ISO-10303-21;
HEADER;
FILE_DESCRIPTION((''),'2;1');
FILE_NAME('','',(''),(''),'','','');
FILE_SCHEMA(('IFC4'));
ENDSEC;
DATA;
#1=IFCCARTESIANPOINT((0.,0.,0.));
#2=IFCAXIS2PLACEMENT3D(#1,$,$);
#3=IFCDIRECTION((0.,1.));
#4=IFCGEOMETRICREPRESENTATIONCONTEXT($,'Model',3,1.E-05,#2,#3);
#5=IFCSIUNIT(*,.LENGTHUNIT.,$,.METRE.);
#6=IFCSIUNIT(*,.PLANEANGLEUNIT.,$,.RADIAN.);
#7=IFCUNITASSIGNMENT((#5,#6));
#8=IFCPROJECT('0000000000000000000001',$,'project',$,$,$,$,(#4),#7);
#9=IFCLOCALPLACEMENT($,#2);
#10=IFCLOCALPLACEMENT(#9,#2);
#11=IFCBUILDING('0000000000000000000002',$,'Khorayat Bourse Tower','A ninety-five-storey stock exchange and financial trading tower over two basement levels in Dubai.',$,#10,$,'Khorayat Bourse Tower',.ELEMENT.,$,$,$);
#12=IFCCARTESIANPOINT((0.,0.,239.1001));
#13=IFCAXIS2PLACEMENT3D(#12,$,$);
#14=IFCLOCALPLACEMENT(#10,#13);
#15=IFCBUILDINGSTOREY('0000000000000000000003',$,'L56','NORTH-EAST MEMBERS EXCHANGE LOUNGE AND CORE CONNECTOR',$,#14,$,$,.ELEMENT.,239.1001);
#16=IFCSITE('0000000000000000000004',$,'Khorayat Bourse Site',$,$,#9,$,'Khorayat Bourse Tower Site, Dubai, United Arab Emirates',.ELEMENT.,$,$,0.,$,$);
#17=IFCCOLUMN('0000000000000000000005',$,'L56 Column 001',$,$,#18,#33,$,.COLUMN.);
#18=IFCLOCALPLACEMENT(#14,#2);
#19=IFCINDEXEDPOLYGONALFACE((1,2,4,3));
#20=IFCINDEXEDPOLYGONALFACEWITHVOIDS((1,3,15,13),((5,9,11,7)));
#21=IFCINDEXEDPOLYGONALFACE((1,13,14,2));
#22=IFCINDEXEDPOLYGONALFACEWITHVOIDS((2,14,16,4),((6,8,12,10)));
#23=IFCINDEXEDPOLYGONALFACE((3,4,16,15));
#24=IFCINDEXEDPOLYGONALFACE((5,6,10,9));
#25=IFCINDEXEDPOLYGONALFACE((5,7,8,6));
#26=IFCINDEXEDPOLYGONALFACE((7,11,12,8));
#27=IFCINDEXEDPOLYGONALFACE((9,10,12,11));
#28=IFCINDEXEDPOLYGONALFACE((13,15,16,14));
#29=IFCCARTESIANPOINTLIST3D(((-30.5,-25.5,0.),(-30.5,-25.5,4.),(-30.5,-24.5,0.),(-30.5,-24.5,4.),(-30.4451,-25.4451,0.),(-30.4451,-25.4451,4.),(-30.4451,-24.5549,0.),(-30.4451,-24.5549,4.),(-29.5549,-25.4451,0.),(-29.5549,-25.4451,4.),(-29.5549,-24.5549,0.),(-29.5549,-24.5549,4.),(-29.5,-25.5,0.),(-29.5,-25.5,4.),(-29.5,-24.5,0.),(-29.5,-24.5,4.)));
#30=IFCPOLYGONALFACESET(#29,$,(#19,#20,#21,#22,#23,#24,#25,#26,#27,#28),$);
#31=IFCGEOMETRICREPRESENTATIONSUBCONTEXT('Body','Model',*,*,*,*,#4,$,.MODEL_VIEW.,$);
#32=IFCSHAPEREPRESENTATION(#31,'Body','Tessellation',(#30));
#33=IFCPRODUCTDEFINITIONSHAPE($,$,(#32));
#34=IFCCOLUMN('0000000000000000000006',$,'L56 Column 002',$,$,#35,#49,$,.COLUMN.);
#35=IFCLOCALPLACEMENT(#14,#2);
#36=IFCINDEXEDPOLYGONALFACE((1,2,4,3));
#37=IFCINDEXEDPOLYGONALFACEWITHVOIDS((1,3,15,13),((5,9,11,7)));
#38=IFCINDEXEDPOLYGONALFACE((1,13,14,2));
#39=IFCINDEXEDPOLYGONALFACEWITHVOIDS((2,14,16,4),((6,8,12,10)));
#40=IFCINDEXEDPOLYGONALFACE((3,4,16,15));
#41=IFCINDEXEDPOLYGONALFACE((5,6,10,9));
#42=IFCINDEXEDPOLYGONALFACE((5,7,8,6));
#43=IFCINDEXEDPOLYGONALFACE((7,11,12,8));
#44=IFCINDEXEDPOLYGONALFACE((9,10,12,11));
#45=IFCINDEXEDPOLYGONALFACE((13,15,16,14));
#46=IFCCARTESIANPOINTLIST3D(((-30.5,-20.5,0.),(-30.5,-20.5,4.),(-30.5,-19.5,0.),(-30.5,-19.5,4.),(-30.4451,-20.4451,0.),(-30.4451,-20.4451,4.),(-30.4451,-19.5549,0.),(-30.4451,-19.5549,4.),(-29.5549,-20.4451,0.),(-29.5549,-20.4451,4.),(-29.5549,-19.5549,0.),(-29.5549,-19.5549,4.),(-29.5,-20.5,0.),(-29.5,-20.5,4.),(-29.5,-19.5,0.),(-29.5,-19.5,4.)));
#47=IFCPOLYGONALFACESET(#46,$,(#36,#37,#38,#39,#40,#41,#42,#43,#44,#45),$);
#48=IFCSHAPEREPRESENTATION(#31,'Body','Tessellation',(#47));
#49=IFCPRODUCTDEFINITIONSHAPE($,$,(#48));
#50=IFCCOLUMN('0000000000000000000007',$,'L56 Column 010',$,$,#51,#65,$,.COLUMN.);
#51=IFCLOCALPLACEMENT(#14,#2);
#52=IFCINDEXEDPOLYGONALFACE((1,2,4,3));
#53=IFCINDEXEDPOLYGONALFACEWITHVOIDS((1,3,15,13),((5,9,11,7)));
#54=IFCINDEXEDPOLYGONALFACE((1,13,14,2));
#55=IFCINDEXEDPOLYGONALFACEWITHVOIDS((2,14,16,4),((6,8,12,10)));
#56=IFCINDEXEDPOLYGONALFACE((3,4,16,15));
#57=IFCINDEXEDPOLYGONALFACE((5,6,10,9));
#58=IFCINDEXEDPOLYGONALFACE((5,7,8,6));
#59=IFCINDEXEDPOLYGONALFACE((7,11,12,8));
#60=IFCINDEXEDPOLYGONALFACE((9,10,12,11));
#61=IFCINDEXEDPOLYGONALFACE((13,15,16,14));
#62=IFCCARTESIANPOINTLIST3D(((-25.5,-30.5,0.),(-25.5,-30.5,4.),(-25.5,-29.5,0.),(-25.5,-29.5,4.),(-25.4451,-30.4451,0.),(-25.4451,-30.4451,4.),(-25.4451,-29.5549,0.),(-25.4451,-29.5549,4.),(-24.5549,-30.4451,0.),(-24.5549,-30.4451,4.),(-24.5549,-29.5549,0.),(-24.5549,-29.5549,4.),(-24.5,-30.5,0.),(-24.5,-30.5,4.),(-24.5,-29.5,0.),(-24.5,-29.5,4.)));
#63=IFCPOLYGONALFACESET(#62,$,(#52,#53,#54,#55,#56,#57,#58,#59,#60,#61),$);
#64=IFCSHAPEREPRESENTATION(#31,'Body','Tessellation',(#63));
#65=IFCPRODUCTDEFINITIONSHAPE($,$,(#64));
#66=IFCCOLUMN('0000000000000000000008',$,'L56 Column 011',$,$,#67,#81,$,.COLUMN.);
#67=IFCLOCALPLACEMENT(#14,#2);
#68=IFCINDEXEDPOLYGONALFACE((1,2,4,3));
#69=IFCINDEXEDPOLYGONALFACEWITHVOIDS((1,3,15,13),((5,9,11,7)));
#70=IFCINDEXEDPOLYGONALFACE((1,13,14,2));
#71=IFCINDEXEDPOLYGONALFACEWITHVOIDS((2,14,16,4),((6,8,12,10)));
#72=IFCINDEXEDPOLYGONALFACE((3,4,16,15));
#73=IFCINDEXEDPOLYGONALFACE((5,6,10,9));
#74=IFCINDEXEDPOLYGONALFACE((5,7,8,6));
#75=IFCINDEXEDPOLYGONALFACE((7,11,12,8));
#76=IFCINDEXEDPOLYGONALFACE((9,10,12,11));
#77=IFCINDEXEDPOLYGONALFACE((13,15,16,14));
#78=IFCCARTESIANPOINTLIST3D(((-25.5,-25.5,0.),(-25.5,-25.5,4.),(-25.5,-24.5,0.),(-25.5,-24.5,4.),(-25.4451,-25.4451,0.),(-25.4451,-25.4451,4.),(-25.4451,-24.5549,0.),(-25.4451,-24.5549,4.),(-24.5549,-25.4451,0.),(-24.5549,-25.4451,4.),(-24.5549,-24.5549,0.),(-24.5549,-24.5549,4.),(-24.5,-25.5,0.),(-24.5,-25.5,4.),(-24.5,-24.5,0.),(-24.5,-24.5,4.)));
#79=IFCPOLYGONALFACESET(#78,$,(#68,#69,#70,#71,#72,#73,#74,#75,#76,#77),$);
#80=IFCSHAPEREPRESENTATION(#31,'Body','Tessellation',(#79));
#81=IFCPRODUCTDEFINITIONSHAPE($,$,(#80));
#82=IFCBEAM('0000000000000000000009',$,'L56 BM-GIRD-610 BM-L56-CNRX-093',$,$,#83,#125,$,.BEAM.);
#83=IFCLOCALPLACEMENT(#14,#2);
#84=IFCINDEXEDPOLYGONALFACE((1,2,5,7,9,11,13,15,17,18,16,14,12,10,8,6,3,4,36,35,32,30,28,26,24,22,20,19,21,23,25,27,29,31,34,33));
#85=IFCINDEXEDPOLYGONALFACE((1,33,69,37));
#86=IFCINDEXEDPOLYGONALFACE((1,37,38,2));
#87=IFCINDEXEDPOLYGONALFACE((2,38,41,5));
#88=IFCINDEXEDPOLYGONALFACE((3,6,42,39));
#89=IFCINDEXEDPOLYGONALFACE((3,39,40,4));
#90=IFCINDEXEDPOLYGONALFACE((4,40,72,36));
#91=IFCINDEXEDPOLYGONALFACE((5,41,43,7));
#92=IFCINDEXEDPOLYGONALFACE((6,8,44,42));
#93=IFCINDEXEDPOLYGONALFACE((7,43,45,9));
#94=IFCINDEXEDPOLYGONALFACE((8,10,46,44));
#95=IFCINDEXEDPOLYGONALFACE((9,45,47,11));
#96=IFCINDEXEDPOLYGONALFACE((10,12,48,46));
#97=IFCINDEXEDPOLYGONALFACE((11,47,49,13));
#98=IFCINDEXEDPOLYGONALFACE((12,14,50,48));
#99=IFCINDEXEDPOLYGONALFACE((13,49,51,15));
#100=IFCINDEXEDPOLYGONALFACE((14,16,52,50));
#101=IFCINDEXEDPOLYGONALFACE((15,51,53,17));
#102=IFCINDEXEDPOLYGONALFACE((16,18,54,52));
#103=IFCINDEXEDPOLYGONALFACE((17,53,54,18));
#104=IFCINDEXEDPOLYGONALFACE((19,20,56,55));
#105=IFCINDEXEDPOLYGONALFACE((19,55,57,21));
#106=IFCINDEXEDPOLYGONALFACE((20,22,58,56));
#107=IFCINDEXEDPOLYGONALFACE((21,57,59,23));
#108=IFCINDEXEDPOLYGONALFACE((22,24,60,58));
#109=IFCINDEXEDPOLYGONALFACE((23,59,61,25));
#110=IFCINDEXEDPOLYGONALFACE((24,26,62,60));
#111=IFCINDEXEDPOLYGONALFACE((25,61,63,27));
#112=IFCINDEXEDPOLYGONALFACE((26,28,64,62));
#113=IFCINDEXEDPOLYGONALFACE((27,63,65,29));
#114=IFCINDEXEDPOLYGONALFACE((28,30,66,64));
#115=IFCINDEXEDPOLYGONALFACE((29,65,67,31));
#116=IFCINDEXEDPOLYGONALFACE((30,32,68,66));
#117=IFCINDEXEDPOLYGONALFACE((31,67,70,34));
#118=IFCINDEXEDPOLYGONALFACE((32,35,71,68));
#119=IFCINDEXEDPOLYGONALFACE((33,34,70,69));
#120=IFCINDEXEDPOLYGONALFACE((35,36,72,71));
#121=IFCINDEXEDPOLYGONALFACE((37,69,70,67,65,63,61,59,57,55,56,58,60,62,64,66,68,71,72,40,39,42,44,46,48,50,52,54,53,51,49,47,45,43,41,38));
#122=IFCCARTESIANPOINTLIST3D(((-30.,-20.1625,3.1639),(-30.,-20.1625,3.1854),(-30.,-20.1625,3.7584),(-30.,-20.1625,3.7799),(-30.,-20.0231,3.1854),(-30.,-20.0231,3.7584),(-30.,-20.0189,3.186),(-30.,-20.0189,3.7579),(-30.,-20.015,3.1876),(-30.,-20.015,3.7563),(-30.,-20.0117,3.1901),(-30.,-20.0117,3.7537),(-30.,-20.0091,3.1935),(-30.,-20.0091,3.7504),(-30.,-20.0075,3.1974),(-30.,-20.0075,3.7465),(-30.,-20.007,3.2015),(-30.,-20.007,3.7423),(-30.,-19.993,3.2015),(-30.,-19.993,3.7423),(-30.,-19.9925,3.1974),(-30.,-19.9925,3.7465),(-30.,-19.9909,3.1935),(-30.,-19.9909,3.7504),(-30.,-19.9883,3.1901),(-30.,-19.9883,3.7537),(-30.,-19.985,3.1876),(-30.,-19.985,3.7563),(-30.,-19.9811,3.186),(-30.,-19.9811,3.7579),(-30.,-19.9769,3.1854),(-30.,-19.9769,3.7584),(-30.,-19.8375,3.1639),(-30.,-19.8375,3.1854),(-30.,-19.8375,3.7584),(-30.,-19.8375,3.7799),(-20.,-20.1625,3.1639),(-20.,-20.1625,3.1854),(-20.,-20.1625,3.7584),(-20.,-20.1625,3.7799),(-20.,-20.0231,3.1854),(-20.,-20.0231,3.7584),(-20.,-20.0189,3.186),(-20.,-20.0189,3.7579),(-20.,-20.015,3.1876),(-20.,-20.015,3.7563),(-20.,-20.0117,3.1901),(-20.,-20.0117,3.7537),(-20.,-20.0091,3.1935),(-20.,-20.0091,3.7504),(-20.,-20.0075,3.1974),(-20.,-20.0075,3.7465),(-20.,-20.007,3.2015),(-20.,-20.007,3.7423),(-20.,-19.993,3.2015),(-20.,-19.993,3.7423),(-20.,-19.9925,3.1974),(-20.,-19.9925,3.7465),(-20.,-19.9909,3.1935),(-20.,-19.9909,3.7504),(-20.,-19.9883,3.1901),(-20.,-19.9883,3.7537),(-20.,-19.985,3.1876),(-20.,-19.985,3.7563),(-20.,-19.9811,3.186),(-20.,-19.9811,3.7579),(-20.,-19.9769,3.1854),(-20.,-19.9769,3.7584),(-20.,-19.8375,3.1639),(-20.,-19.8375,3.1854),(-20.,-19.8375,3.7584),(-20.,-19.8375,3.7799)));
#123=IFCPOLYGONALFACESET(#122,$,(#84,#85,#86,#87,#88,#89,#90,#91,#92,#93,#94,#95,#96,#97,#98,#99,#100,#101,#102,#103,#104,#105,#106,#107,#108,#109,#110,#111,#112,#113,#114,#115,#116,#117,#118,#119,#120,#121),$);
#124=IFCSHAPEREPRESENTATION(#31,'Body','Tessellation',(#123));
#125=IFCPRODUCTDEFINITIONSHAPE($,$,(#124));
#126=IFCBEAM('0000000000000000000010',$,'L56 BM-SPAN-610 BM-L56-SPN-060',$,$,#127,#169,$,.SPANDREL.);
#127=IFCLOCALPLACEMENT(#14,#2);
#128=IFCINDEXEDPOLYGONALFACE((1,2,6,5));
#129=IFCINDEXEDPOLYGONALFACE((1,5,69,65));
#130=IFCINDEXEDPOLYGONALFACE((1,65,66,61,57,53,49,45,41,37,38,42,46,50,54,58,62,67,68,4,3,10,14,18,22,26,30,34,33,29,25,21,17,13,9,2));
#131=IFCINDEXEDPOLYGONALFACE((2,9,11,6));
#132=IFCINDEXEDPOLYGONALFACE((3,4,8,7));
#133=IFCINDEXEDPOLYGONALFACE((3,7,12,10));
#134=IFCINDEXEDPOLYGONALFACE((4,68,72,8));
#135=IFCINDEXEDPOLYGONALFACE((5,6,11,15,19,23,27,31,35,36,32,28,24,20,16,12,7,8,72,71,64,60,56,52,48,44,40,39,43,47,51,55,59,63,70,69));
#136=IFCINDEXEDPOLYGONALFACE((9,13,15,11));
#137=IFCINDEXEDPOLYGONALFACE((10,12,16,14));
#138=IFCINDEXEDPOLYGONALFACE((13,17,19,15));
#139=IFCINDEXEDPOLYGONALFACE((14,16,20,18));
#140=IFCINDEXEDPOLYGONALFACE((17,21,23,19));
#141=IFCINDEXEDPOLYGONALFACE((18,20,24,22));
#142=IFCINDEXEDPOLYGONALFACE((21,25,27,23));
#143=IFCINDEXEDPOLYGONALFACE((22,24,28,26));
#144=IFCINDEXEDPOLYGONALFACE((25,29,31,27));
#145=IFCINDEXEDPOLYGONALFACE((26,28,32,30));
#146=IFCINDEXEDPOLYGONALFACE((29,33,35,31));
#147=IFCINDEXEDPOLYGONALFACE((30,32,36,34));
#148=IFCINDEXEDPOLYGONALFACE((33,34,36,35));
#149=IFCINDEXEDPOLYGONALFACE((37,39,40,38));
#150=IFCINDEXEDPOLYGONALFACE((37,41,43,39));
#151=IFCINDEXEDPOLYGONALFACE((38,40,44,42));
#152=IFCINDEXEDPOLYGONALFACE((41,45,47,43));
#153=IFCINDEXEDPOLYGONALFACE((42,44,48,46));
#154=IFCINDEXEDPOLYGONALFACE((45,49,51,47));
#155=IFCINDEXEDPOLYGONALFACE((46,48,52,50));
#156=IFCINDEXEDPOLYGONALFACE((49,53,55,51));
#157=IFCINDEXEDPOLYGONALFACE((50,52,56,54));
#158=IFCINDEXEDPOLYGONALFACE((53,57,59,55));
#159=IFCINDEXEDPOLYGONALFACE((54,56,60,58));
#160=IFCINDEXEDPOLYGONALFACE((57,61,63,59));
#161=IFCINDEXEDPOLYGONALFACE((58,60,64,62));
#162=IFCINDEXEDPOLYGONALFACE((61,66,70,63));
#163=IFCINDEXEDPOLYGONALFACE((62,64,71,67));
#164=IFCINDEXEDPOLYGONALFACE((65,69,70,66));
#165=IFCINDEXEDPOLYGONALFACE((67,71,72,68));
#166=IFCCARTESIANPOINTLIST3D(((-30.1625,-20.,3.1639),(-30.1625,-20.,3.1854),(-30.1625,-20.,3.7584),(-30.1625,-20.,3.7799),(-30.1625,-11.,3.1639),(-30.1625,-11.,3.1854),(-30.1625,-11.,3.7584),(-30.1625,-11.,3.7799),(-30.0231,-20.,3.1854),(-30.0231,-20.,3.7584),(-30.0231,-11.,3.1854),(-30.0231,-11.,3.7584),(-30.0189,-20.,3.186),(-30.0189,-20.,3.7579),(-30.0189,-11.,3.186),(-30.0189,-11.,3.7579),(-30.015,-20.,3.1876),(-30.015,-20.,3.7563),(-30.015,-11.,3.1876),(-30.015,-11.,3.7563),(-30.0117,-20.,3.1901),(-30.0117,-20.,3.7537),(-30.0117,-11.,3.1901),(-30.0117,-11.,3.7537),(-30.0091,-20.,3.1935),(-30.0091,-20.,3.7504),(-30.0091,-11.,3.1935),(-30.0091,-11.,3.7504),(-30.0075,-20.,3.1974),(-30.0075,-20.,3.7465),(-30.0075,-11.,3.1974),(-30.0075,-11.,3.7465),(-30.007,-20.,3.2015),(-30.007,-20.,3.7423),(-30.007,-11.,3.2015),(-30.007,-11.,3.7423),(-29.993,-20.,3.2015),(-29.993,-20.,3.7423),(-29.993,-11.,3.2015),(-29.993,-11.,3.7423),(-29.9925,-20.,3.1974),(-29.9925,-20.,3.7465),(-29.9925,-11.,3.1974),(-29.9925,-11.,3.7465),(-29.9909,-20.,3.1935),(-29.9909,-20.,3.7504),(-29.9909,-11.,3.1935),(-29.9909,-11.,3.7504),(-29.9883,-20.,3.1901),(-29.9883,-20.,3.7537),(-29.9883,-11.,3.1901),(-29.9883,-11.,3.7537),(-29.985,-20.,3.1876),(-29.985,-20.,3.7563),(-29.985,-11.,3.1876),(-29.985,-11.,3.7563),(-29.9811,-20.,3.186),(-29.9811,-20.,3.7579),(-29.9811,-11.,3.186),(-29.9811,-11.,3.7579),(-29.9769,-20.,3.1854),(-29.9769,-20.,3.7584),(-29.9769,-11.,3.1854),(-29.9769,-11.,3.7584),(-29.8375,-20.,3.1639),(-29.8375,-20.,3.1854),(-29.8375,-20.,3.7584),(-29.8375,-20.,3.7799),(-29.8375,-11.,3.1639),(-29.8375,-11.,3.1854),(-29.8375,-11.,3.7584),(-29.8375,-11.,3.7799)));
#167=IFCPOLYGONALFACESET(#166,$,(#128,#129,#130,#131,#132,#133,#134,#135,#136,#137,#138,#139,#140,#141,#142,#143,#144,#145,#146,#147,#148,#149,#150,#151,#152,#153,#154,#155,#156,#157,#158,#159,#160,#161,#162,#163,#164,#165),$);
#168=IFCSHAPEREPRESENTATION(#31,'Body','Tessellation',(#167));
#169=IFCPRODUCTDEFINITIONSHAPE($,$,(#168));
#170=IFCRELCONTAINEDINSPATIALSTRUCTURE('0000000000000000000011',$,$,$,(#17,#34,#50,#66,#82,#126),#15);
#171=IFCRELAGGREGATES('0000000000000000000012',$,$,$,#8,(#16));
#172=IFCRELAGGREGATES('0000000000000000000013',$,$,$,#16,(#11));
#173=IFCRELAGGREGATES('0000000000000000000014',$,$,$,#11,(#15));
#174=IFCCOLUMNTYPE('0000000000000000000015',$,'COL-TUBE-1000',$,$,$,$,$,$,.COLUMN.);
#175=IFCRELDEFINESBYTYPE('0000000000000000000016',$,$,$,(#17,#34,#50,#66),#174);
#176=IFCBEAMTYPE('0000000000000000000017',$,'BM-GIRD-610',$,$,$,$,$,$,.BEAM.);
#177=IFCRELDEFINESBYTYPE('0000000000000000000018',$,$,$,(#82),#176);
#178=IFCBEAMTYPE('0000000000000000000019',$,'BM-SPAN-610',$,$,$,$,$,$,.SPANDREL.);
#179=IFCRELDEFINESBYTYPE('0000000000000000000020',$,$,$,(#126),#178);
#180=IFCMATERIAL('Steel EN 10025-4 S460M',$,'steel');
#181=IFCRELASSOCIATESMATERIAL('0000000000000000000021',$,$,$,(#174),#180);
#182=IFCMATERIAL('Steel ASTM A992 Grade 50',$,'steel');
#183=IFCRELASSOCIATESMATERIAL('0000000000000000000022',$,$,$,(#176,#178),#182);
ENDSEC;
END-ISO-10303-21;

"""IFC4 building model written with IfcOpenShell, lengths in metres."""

from ifc_helpers import new_model, si_unit, direction, frame, origin, origin_2d, place, context, subcontext, project, spatial, hollow_rectangle, i_section, extrude, source, transform, mapped, material, material_profile, profile_set, type_object, element, save


model = new_model("IFC4")

# Units and contexts
model_context = context("Model", 3, precision=1e-05, world=origin(), true_north=direction((0.0, 1.0)))
body_context = subcontext(model_context, "Body", "Model", "MODEL_VIEW")
ifc_project = project(units=[si_unit("LENGTHUNIT", "METRE"), si_unit("PLANEANGLEUNIT", "RADIAN")], contexts=[model_context])

# Site, building, storey
site_placement = place(None, origin())
site = spatial("IfcSite", under=ifc_project, at=site_placement, Name="Khorayat Bourse Site", LongName="Khorayat Bourse Tower Site, Dubai, United Arab Emirates", CompositionType="ELEMENT", RefElevation=0.0)
building_placement = place(site_placement, origin())
building = spatial("IfcBuilding", under=site, at=building_placement, Name="Khorayat Bourse Tower", Description="A ninety-five-storey stock exchange and financial trading tower over two basement levels in Dubai.", LongName="Khorayat Bourse Tower", CompositionType="ELEMENT")
storey_placement = place(building_placement, frame((0.0, 0.0, 239.1001)))
storey = spatial("IfcBuildingStorey", under=building, at=storey_placement, Name="L56", Description="NORTH-EAST MEMBERS EXCHANGE LOUNGE AND CORE CONNECTOR", CompositionType="ELEMENT", Elevation=239.1001)

# Columns
ifc_material_1 = material(Name="Steel EN 10025-4 S460M", Category="steel")
ifc_material_profile_1 = material_profile(ifc_material_1, hollow_rectangle(XDim=1.0, YDim=1.0, WallThickness=0.0549, at=origin_2d()), Name="BOX 1000x1000x55")
ifc_profile_set_1 = profile_set([ifc_material_profile_1], Name="Steel EN 10025-4 S460M")
column_type = type_object("IfcColumnType", Name="COL-TUBE-1000", PredefinedType="COLUMN", material=ifc_profile_set_1)
shared_shape_1 = source(origin(), body_context, "Body", "SweptSolid", [
    extrude(hollow_rectangle(XDim=1.0, YDim=1.0, WallThickness=0.0549, at=origin_2d()), origin(), (0.0, 0.0, 1.0), 4.0),
])
for number, where, z_axis, x_axis, name in (
    (1, (-30.0, -25.0, 0.0), (0.0, 0.0, 1.0), (1.0, 0.0, 0.0), "L56 Column 001"),
    (2, (-30.0, -20.0, 0.0), (0.0, 0.0, 1.0), (1.0, 0.0, 0.0), "L56 Column 002"),
    (3, (-25.0, -30.0, 0.0), (0.0, 0.0, 1.0), (1.0, 0.0, 0.0), "L56 Column 010"),
    (4, (-25.0, -25.0, 0.0), (0.0, 0.0, 1.0), (1.0, 0.0, 0.0), "L56 Column 011"),
):
    element("IfcColumn", number, at=place(storey_placement, frame(where, z_axis=z_axis, x_axis=x_axis)), inside=storey, type_object=column_type, Name=name, PredefinedType="COLUMN", context=body_context, shape_type="MappedRepresentation", body=[
        mapped(shared_shape_1, transform((0.0, 0.0, 0.0), scale=1.0)),
    ])

# Beams
ifc_material_2 = material(Name="Steel ASTM A992 Grade 50", Category="steel")
ifc_material_profile_2 = material_profile(ifc_material_2, i_section(OverallWidth=0.325, OverallDepth=0.616, WebThickness=0.0139, FlangeThickness=0.0215, FilletRadius=0.0161, at=origin_2d()), Name="W610X174")
ifc_profile_set_2 = profile_set([ifc_material_profile_2], Name="Steel ASTM A992 Grade 50")
beam_type_1 = type_object("IfcBeamType", Name="BM-GIRD-610", PredefinedType="BEAM", material=ifc_profile_set_2)
shared_shape_2 = source(origin(), body_context, "Body", "SweptSolid", [
    extrude(i_section(OverallWidth=0.325, OverallDepth=0.616, WebThickness=0.0139, FlangeThickness=0.0215, FilletRadius=0.0161, at=origin_2d()), origin(), (0.0, 0.0, 1.0), 10.0),
])
beam_1_placement = place(storey_placement, frame((-30.0, -20.0, 3.4719), z_axis=(1.0, 0.0, 0.0), x_axis=(0.0, 1.0, 0.0)))
element("IfcBeam", 5, at=beam_1_placement, inside=storey, type_object=beam_type_1, Name="L56 BM-GIRD-610 BM-L56-CNRX-093", PredefinedType="BEAM", context=body_context, shape_type="MappedRepresentation", body=[
    mapped(shared_shape_2, transform((0.0, 0.0, 0.0), scale=1.0)),
])
ifc_material_profile_3 = material_profile(ifc_material_2, i_section(OverallWidth=0.325, OverallDepth=0.616, WebThickness=0.0139, FlangeThickness=0.0215, FilletRadius=0.0161, at=origin_2d()), Name="W610X174")
ifc_profile_set_3 = profile_set([ifc_material_profile_3], Name="Steel ASTM A992 Grade 50")
beam_type_2 = type_object("IfcBeamType", Name="BM-SPAN-610", PredefinedType="SPANDREL", material=ifc_profile_set_3)
shared_shape_3 = source(origin(), body_context, "Body", "SweptSolid", [
    extrude(i_section(OverallWidth=0.325, OverallDepth=0.616, WebThickness=0.0139, FlangeThickness=0.0215, FilletRadius=0.0161, at=origin_2d()), origin(), (0.0, 0.0, 1.0), 9.0),
])
beam_2_placement = place(storey_placement, frame((-30.0, -20.0, 3.4719), z_axis=(0.0, 1.0, 0.0), x_axis=(-1.0, 0.0, 0.0)))
element("IfcBeam", 6, at=beam_2_placement, inside=storey, type_object=beam_type_2, Name="L56 BM-SPAN-610 BM-L56-SPN-060", PredefinedType="SPANDREL", context=body_context, shape_type="MappedRepresentation", body=[
    mapped(shared_shape_3, transform((0.0, 0.0, 0.0), scale=1.0)),
])

save(model, "model.ifc")
